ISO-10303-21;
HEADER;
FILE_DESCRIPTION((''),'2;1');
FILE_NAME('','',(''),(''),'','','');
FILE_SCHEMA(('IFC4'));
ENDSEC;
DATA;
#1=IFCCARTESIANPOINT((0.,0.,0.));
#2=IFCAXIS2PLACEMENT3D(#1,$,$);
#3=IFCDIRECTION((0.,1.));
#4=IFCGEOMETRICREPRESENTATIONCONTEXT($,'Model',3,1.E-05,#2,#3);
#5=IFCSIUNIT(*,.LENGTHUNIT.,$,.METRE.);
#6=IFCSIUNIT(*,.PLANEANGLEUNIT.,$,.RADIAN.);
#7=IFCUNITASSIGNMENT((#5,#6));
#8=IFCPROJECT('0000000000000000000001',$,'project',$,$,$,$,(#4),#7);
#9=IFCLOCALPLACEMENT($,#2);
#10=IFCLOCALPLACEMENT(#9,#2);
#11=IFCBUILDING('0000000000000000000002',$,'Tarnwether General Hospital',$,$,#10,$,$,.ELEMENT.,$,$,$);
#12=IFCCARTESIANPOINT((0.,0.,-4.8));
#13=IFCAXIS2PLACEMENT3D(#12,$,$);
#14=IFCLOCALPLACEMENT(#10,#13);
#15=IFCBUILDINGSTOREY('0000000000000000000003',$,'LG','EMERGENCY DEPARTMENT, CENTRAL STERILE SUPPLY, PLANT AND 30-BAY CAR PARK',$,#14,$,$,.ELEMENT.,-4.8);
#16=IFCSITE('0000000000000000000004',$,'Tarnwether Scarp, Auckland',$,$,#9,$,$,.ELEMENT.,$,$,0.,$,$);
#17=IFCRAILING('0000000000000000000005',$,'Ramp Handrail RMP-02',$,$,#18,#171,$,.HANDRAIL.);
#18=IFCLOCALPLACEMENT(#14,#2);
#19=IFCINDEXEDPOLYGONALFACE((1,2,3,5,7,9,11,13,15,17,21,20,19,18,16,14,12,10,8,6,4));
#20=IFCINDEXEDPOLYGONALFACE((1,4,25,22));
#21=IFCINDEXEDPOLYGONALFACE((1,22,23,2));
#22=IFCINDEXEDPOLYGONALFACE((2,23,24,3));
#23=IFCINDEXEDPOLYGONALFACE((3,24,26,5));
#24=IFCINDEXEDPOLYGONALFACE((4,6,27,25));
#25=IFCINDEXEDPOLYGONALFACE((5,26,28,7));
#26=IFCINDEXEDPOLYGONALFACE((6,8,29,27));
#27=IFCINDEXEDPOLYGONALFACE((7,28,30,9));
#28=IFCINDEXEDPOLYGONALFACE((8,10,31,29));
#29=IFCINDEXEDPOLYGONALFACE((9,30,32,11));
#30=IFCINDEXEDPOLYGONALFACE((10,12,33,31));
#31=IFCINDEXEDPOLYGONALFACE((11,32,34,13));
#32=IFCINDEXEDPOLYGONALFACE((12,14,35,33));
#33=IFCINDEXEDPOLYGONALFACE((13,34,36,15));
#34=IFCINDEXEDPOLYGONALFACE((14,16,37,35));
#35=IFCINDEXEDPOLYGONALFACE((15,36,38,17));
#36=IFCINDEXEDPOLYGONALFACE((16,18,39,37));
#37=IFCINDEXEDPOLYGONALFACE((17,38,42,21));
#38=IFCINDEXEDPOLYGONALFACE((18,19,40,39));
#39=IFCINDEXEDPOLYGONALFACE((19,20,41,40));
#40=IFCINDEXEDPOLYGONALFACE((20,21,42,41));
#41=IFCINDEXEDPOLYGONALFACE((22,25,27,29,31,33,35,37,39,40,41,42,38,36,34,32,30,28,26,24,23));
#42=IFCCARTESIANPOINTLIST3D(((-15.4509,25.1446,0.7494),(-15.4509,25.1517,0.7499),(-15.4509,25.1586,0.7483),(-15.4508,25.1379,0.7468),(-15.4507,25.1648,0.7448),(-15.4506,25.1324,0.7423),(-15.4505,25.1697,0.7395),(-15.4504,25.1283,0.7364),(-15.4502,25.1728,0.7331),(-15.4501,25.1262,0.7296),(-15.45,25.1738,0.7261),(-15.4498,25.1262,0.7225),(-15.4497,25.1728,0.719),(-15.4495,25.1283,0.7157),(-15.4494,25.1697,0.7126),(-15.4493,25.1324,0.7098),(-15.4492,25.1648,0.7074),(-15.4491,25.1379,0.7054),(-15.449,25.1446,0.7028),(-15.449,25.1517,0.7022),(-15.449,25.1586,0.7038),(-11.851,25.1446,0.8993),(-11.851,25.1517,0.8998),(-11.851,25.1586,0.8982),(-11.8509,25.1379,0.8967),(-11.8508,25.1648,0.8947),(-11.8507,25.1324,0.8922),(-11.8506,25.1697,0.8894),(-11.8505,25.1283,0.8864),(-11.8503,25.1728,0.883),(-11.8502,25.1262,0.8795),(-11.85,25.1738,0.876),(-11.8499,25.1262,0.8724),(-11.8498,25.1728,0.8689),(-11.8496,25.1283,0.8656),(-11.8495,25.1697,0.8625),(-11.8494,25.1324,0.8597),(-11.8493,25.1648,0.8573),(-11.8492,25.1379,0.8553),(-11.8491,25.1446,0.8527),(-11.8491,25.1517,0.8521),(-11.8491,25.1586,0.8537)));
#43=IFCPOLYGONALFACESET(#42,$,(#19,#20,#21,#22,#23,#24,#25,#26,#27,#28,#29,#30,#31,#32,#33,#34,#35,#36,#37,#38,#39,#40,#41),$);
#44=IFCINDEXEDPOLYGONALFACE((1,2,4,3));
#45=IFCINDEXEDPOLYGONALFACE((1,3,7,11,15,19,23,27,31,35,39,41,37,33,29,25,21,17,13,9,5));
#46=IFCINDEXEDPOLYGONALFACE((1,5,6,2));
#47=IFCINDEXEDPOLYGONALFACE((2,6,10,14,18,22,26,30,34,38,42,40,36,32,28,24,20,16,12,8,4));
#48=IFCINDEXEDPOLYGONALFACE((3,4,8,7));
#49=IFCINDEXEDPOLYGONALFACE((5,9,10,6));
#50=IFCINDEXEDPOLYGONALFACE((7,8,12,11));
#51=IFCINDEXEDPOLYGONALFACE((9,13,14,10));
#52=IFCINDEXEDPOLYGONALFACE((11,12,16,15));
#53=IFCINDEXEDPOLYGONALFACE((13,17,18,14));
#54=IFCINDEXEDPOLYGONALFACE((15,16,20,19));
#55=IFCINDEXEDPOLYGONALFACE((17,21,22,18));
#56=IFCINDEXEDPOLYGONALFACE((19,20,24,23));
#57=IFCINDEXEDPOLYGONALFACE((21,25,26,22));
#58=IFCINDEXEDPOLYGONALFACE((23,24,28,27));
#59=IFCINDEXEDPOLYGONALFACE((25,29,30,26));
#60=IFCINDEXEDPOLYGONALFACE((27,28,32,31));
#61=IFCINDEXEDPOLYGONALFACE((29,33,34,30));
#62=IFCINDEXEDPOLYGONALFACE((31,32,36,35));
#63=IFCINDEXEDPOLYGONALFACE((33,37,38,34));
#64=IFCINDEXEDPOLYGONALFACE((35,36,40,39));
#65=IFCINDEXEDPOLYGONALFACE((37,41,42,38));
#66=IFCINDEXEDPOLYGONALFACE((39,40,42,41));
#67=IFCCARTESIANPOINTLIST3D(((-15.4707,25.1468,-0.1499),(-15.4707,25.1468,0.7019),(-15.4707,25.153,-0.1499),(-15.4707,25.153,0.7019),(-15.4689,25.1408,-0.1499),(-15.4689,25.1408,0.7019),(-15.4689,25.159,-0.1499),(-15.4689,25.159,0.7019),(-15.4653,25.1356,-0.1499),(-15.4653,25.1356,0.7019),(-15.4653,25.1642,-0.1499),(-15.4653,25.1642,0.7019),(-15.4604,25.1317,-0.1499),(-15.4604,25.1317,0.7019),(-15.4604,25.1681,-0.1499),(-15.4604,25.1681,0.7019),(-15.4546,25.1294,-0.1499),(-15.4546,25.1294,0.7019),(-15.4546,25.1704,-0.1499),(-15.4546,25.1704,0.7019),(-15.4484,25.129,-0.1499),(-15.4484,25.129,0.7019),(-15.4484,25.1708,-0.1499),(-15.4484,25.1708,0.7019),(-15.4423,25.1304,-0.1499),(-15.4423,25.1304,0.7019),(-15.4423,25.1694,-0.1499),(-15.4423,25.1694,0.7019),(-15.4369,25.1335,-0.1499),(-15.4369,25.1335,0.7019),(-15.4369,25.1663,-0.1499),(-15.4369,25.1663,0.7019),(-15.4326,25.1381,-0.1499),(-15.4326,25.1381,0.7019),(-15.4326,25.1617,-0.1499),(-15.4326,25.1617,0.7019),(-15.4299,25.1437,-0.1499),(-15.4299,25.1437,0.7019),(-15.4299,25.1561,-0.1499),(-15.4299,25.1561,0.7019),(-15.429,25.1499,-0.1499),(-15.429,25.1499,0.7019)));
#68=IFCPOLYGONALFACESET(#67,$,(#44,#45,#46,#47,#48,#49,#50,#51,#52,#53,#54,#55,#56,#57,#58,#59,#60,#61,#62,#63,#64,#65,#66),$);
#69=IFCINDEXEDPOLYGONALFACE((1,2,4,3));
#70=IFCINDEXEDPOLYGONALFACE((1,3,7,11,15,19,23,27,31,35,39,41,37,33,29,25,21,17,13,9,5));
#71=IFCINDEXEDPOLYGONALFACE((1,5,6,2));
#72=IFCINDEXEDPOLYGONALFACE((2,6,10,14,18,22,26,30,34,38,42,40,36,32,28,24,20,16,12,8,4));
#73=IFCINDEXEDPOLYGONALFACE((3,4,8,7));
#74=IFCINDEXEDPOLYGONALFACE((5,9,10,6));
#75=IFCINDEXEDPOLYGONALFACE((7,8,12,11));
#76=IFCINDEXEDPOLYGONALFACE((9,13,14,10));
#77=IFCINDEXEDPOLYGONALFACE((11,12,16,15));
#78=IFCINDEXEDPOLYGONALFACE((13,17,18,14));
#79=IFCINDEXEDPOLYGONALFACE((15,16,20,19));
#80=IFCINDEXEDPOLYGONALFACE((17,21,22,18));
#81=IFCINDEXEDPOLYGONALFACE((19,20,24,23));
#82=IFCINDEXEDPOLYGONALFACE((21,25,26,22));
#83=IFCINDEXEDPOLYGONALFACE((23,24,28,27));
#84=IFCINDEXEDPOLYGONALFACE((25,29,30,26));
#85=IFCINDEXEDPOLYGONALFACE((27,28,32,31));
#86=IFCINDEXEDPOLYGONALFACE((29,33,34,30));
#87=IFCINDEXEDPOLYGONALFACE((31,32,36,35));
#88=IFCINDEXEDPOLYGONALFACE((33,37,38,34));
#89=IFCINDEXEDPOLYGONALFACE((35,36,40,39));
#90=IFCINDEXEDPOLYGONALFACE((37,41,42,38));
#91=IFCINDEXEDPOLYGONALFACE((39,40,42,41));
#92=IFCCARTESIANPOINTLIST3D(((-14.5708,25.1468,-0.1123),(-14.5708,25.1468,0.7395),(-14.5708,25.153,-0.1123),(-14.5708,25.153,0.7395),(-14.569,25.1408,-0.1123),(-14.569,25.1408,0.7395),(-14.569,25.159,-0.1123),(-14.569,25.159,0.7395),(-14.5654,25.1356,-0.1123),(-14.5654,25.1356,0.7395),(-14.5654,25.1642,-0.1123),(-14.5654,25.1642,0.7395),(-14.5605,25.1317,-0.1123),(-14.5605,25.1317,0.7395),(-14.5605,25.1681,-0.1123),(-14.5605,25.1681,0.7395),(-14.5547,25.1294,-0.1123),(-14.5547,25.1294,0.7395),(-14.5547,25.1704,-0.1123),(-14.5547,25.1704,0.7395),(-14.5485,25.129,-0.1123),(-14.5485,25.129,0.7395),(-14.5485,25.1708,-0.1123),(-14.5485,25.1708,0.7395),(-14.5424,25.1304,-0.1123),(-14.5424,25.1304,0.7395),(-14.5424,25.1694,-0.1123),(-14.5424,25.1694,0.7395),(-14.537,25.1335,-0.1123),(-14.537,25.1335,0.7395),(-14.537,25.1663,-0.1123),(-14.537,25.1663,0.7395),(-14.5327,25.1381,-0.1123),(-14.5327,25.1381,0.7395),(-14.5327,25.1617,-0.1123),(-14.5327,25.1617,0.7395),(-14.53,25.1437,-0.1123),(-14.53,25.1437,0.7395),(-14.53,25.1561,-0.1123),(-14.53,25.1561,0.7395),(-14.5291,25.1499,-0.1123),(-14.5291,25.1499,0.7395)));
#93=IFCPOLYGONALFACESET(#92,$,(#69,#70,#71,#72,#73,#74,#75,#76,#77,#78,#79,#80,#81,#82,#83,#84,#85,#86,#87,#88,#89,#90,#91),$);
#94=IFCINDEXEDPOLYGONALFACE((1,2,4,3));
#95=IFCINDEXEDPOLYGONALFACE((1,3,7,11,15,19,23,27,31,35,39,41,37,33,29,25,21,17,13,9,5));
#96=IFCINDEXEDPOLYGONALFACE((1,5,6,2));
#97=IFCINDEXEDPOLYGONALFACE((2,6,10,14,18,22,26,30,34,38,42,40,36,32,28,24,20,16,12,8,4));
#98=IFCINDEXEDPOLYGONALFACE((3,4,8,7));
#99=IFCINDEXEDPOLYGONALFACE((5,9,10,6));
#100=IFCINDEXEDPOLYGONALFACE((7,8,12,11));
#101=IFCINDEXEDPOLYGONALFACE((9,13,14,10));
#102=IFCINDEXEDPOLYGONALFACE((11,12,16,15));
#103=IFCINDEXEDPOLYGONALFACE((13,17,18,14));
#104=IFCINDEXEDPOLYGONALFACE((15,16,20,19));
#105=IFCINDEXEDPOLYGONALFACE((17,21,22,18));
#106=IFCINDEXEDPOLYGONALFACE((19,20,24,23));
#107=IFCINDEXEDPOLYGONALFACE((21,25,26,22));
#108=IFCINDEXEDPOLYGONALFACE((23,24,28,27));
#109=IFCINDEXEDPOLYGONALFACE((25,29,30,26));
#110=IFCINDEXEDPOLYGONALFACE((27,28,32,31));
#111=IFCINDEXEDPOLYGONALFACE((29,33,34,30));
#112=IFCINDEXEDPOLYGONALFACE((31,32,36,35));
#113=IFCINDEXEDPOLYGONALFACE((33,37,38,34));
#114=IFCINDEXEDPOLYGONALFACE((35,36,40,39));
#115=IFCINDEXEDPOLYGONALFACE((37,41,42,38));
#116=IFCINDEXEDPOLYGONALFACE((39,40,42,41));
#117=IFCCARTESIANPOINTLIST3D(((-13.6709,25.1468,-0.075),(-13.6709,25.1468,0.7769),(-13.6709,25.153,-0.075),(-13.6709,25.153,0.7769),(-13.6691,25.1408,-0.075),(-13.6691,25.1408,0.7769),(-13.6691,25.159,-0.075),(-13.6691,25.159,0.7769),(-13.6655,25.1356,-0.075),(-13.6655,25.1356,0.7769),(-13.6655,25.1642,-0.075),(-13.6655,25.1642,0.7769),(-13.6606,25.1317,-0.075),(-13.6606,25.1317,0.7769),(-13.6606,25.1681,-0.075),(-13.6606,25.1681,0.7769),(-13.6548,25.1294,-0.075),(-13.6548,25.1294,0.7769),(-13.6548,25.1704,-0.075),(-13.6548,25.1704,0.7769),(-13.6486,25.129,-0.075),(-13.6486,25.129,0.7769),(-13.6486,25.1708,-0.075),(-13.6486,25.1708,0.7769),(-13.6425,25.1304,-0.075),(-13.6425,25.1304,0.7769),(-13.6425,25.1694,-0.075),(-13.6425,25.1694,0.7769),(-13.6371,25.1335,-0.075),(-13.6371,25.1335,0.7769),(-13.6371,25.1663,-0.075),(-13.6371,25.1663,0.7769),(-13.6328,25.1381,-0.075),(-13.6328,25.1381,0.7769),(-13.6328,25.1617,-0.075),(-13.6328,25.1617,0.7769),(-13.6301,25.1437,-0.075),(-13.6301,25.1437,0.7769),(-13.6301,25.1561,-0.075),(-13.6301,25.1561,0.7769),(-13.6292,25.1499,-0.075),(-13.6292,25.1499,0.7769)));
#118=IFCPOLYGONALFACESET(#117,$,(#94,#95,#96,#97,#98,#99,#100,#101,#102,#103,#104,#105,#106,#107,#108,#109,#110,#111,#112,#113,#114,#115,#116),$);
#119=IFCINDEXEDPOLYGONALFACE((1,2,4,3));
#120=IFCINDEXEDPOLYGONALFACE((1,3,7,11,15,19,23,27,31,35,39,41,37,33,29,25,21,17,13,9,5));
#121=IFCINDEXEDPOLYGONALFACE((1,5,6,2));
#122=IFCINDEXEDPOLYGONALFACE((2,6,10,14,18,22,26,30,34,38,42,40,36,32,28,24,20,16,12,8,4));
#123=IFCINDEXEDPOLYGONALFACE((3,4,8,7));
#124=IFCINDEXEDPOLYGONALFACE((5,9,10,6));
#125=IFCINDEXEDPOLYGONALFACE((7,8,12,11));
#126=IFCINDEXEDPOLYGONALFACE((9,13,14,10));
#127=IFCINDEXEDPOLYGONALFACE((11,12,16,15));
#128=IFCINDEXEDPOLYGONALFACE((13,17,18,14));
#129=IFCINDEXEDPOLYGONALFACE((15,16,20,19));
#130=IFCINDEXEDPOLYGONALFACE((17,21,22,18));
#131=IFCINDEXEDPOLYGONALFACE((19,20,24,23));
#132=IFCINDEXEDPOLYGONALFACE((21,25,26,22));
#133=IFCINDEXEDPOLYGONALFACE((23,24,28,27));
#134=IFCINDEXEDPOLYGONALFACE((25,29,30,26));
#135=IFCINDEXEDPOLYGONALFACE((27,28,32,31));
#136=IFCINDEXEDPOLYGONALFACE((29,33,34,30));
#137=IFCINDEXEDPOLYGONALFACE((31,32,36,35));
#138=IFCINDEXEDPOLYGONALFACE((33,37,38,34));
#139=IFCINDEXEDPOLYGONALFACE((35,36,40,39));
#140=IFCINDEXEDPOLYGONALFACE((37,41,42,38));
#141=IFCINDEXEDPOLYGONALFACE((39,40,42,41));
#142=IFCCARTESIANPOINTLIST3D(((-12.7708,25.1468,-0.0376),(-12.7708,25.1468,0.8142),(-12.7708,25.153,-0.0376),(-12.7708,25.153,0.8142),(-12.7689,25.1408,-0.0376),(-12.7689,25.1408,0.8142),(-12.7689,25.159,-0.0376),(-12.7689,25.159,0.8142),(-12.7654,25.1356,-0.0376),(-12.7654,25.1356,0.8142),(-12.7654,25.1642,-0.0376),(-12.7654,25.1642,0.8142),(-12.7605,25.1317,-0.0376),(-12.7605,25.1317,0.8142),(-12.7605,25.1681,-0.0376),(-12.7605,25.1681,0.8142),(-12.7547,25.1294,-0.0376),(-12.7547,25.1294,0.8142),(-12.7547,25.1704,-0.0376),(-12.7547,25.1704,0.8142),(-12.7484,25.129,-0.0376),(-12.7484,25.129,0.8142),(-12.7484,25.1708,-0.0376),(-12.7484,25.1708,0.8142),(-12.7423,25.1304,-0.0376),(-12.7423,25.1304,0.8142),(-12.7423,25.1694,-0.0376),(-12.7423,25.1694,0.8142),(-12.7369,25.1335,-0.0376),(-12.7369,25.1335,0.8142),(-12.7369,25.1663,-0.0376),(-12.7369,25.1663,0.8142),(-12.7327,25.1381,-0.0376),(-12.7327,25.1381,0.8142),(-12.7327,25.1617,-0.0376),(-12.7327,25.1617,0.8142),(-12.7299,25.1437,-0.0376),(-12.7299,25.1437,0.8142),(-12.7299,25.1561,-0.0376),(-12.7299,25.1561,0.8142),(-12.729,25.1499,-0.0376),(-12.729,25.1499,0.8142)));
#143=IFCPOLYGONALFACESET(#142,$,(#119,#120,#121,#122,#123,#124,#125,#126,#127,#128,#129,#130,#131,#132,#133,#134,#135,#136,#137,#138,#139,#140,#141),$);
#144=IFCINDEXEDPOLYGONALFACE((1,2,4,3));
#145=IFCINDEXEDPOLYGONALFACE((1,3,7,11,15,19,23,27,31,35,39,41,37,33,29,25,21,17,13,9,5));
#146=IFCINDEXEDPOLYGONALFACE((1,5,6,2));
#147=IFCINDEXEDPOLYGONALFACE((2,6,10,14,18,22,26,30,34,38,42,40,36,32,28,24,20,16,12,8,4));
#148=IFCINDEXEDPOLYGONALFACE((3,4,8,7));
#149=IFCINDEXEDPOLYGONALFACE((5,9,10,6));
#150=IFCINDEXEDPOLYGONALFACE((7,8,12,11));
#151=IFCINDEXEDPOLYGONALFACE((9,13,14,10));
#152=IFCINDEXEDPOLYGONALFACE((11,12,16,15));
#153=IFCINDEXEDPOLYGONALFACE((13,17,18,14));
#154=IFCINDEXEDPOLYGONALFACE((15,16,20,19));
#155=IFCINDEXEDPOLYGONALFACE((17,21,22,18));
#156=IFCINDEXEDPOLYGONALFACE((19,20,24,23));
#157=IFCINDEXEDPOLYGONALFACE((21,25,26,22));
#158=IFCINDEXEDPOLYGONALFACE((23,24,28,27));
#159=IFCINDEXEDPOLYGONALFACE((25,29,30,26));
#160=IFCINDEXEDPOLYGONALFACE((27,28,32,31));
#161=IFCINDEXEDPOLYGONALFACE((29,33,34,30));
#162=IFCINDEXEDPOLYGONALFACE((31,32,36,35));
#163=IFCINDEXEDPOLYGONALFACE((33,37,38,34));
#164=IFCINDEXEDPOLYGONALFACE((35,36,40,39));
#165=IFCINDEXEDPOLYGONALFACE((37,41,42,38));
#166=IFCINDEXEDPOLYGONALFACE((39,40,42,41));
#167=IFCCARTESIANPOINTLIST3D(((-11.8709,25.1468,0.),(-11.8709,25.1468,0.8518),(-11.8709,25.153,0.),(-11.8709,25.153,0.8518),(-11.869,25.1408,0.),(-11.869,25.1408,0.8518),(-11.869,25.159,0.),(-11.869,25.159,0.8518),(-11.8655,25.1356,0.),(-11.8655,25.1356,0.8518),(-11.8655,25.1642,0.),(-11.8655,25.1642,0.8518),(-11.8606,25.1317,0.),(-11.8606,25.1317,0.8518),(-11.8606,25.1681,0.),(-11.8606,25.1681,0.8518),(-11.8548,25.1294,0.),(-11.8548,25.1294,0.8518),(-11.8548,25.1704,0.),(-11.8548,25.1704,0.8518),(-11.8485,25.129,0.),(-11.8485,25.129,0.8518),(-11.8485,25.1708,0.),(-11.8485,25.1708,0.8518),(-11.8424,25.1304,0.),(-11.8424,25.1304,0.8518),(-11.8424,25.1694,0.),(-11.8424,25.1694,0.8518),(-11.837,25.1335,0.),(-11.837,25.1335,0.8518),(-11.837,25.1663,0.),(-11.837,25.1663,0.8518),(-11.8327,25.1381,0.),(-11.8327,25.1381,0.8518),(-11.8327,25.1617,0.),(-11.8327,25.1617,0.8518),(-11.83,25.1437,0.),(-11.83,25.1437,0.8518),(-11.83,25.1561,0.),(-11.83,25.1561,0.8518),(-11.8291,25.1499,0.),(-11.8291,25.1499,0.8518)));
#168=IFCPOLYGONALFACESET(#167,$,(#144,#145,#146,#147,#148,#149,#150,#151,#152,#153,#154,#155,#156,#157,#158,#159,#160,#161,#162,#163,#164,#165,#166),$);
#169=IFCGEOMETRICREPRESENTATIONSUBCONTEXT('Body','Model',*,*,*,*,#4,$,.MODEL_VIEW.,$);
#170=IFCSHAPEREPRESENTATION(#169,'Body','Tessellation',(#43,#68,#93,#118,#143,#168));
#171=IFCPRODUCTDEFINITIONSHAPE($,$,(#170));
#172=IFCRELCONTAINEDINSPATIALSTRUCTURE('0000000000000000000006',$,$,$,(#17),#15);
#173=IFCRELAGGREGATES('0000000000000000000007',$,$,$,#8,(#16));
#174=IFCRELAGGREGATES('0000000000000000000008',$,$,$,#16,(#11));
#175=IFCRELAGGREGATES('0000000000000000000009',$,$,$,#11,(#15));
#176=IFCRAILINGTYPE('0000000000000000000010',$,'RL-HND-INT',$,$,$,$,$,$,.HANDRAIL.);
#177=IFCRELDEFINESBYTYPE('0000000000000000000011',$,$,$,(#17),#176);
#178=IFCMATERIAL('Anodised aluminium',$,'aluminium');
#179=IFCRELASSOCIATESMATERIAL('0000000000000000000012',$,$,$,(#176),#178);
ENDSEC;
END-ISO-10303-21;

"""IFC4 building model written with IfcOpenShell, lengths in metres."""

from ifc_helpers import new_model, si_unit, direction, frame, origin, origin_2d, place, context, subcontext, project, spatial, circle, extrude, material, type_object, element, save


model = new_model("IFC4")

# Units and contexts
model_context = context("Model", 3, precision=1e-05, world=origin(), true_north=direction((0.0, 1.0)))
body_context = subcontext(model_context, "Body", "Model", "MODEL_VIEW")
ifc_project = project(units=[si_unit("LENGTHUNIT", "METRE"), si_unit("PLANEANGLEUNIT", "RADIAN")], contexts=[model_context])

# Site, building, storey
site_placement = place(None, origin())
site = spatial("IfcSite", under=ifc_project, at=site_placement, Name="Tarnwether Scarp, Auckland", CompositionType="ELEMENT", RefElevation=0.0)
building_placement = place(site_placement, origin())
building = spatial("IfcBuilding", under=site, at=building_placement, Name="Tarnwether General Hospital", CompositionType="ELEMENT")
storey_placement = place(building_placement, frame((0.0, 0.0, -4.8)))
storey = spatial("IfcBuildingStorey", under=building, at=storey_placement, Name="LG", Description="EMERGENCY DEPARTMENT, CENTRAL STERILE SUPPLY, PLANT AND 30-BAY CAR PARK", CompositionType="ELEMENT", Elevation=-4.8)

# Railing
ifc_material_1 = material(Name="Anodised aluminium", Category="aluminium")
railing_type = type_object("IfcRailingType", Name="RL-HND-INT", PredefinedType="HANDRAIL", material=ifc_material_1)
for number, where, name in (
    (1, (-15.45, 25.1499, -0.1499), "Ramp Handrail RMP-02"),
):
    element("IfcRailing", number, at=place(storey_placement, frame(where)), inside=storey, type_object=railing_type, Name=name, PredefinedType="HANDRAIL", context=body_context, shape_type="SweptSolid", body=[
        extrude(circle(Radius=0.0239, at=origin_2d()), frame((0.0, 0.0, 0.876), z_axis=(0.999134, 0.0, 0.041605), x_axis=(0.0, 1.0, 0.0)), (0.0, 0.0, 1.0), 3.603),
        extrude(circle(Radius=0.021, at=origin_2d()), origin(), (0.0, 0.0, 1.0), 0.8518),
        extrude(circle(Radius=0.021, at=origin_2d()), frame((0.8999, 0.0, 0.0376)), (0.0, 0.0, 1.0), 0.8518),
        extrude(circle(Radius=0.021, at=origin_2d()), frame((1.7998, 0.0, 0.075)), (0.0, 0.0, 1.0), 0.8518),
        extrude(circle(Radius=0.021, at=origin_2d()), frame((2.7, 0.0, 0.1123)), (0.0, 0.0, 1.0), 0.8518),
        extrude(circle(Radius=0.021, at=origin_2d()), frame((3.5999, 0.0, 0.1499)), (0.0, 0.0, 1.0), 0.8518),
    ])

save(model, "model.ifc")
